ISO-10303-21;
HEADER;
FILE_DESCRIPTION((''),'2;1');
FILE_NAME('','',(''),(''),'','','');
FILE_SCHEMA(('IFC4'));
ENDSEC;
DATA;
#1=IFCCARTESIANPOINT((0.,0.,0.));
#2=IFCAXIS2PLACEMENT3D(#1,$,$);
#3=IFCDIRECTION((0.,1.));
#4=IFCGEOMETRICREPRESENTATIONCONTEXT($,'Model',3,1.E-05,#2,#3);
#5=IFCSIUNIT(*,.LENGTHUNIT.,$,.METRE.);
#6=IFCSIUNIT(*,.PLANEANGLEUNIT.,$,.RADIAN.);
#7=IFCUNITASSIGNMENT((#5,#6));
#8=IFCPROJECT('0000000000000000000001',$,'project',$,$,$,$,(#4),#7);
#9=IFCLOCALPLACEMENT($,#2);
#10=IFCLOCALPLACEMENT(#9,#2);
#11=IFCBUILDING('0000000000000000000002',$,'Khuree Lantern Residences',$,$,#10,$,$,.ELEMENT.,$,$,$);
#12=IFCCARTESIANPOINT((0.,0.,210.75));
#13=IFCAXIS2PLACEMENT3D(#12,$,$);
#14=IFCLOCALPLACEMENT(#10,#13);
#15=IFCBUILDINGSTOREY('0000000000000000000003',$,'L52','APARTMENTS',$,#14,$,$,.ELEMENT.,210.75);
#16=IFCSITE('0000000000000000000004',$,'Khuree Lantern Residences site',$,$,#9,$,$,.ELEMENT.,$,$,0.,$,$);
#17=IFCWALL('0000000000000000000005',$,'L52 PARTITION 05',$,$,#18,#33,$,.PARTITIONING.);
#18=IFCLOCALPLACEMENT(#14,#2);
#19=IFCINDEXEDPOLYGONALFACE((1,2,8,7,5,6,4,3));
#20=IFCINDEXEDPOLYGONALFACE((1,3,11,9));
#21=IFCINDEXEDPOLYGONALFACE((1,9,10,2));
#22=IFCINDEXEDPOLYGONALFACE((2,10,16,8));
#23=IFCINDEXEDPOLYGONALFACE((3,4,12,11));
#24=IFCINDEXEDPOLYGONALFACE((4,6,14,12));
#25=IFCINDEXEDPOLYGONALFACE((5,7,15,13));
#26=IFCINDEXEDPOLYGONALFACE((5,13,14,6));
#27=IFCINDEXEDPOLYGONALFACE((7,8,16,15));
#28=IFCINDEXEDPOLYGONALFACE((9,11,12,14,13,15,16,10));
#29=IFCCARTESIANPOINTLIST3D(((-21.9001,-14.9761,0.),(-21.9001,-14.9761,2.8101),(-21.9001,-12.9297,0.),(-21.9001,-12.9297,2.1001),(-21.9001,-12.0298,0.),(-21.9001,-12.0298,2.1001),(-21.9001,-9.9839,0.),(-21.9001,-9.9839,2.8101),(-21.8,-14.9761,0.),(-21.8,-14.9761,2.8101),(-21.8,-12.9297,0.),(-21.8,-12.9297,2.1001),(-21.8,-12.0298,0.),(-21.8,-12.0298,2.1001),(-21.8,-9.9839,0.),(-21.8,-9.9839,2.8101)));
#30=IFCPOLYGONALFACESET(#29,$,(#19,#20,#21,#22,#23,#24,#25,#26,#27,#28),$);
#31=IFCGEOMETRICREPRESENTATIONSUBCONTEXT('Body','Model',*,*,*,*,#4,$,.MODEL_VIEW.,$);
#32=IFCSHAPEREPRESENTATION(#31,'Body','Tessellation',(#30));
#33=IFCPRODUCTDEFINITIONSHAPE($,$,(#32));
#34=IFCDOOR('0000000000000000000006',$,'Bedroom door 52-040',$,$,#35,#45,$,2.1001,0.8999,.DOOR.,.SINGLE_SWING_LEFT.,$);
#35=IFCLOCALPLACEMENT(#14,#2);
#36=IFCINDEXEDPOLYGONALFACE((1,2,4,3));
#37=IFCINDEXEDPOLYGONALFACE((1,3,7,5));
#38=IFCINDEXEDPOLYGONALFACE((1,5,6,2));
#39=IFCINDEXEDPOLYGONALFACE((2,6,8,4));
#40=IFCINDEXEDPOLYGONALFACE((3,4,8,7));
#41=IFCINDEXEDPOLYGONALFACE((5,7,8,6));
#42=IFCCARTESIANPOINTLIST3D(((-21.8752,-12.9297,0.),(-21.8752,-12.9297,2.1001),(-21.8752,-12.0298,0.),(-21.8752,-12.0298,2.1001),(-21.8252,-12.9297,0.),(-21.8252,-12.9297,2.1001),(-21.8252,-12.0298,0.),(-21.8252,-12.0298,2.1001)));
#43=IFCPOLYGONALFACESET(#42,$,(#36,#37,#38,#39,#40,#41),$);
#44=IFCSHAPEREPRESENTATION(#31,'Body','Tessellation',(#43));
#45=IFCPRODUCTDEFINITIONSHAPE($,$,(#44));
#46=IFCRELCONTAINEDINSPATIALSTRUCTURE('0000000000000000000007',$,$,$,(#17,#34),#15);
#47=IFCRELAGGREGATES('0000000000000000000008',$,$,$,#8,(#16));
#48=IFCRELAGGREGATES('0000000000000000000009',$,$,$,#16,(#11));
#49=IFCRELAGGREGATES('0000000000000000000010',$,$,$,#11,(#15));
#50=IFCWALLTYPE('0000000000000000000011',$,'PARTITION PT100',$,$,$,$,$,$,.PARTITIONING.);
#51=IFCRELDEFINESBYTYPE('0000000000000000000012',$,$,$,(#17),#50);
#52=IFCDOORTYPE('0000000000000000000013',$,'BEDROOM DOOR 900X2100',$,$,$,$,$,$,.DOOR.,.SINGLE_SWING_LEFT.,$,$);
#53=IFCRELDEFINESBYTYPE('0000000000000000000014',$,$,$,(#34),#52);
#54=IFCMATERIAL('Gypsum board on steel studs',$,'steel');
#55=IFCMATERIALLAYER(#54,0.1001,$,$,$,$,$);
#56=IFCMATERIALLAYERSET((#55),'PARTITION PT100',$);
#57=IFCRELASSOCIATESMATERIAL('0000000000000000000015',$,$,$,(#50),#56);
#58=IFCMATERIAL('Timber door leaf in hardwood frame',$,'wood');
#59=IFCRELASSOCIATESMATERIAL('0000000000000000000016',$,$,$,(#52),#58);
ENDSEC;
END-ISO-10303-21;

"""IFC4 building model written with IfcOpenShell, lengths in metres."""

from ifc_helpers import new_model, si_unit, direction, frame, frame_2d, origin, place, context, subcontext, project, spatial, rectangle, extrude, material, layer, layer_set, type_object, element, fill, save


model = new_model("IFC4")

# Units and contexts
model_context = context("Model", 3, precision=1e-05, world=origin(), true_north=direction((0.0, 1.0)))
body_context = subcontext(model_context, "Body", "Model", "MODEL_VIEW")
ifc_project = project(units=[si_unit("LENGTHUNIT", "METRE"), si_unit("PLANEANGLEUNIT", "RADIAN")], contexts=[model_context])

# Site, building, storey
site_placement = place(None, origin())
site = spatial("IfcSite", under=ifc_project, at=site_placement, Name="Khuree Lantern Residences site", CompositionType="ELEMENT", RefElevation=0.0)
building_placement = place(site_placement, origin())
building = spatial("IfcBuilding", under=site, at=building_placement, Name="Khuree Lantern Residences", CompositionType="ELEMENT")
storey_placement = place(building_placement, frame((0.0, 0.0, 210.75)))
storey = spatial("IfcBuildingStorey", under=building, at=storey_placement, Name="L52", Description="APARTMENTS", CompositionType="ELEMENT", Elevation=210.75)

# Shared definitions
ifc_material_1 = material(Name="Timber door leaf in hardwood frame", Category="wood")

# Shared definitions
ifc_material_2 = material(Name="Gypsum board on steel studs", Category="steel")
ifc_layer_1 = layer(ifc_material_2, 0.1001)
ifc_layer_set_1 = layer_set([ifc_layer_1], Name="PARTITION PT100")
wall_type_1 = type_object("IfcWallType", Name="PARTITION PT100", PredefinedType="PARTITIONING", material=ifc_layer_set_1)

# Wall, opening, door
wall_1_placement = place(storey_placement, frame((-21.8501, -9.9839, 0.0), z_axis=(0.0, 0.0, 1.0), x_axis=(0.0, -1.0, 0.0)))
wall_1 = element("IfcWall", 1, at=wall_1_placement, inside=storey, type_object=wall_type_1, Name="L52 PARTITION 05", PredefinedType="PARTITIONING", context=body_context, shape_type="SweptSolid", body=[
    extrude(rectangle(XDim=4.9922, YDim=0.1001, at=frame_2d((2.4961, 0.0))), origin(), (0.0, 0.0, 1.0), 2.8101),
])
opening_1_placement = place(wall_1_placement, frame((2.0459, 0.0, 0.0)))
opening_1 = element("IfcOpeningElement", 2, at=opening_1_placement, cuts=wall_1, PredefinedType="OPENING", context=body_context, shape_type="SweptSolid", body=[
    extrude(rectangle(XDim=0.8999, YDim=2.1001, at=frame_2d((0.45, 1.05))), frame((0.0, 0.0601, 0.0), z_axis=(0.0, -1.0, 0.0), x_axis=(1.0, 0.0, 0.0)), (0.0, 0.0, 1.0), 0.1201),
])
door_type_1 = type_object("IfcDoorType", Name="BEDROOM DOOR 900X2100", OperationType="SINGLE_SWING_LEFT", PredefinedType="DOOR", material=ifc_material_1)
door_1_placement = place(opening_1_placement, origin())
door_1 = element("IfcDoor", 3, at=door_1_placement, inside=storey, type_object=door_type_1, Name="Bedroom door 52-040", OperationType="SINGLE_SWING_LEFT", OverallHeight=2.1001, OverallWidth=0.8999, PredefinedType="DOOR", context=body_context, shape_type="SweptSolid", body=[
    extrude(rectangle(XDim=0.8999, YDim=2.1001, at=frame_2d((0.45, 1.05))), frame((0.0, 0.0249, 0.0), z_axis=(0.0, -1.0, 0.0), x_axis=(1.0, 0.0, 0.0)), (0.0, 0.0, 1.0), 0.05),
])
fill(opening_1, door_1)

save(model, "model.ifc")
